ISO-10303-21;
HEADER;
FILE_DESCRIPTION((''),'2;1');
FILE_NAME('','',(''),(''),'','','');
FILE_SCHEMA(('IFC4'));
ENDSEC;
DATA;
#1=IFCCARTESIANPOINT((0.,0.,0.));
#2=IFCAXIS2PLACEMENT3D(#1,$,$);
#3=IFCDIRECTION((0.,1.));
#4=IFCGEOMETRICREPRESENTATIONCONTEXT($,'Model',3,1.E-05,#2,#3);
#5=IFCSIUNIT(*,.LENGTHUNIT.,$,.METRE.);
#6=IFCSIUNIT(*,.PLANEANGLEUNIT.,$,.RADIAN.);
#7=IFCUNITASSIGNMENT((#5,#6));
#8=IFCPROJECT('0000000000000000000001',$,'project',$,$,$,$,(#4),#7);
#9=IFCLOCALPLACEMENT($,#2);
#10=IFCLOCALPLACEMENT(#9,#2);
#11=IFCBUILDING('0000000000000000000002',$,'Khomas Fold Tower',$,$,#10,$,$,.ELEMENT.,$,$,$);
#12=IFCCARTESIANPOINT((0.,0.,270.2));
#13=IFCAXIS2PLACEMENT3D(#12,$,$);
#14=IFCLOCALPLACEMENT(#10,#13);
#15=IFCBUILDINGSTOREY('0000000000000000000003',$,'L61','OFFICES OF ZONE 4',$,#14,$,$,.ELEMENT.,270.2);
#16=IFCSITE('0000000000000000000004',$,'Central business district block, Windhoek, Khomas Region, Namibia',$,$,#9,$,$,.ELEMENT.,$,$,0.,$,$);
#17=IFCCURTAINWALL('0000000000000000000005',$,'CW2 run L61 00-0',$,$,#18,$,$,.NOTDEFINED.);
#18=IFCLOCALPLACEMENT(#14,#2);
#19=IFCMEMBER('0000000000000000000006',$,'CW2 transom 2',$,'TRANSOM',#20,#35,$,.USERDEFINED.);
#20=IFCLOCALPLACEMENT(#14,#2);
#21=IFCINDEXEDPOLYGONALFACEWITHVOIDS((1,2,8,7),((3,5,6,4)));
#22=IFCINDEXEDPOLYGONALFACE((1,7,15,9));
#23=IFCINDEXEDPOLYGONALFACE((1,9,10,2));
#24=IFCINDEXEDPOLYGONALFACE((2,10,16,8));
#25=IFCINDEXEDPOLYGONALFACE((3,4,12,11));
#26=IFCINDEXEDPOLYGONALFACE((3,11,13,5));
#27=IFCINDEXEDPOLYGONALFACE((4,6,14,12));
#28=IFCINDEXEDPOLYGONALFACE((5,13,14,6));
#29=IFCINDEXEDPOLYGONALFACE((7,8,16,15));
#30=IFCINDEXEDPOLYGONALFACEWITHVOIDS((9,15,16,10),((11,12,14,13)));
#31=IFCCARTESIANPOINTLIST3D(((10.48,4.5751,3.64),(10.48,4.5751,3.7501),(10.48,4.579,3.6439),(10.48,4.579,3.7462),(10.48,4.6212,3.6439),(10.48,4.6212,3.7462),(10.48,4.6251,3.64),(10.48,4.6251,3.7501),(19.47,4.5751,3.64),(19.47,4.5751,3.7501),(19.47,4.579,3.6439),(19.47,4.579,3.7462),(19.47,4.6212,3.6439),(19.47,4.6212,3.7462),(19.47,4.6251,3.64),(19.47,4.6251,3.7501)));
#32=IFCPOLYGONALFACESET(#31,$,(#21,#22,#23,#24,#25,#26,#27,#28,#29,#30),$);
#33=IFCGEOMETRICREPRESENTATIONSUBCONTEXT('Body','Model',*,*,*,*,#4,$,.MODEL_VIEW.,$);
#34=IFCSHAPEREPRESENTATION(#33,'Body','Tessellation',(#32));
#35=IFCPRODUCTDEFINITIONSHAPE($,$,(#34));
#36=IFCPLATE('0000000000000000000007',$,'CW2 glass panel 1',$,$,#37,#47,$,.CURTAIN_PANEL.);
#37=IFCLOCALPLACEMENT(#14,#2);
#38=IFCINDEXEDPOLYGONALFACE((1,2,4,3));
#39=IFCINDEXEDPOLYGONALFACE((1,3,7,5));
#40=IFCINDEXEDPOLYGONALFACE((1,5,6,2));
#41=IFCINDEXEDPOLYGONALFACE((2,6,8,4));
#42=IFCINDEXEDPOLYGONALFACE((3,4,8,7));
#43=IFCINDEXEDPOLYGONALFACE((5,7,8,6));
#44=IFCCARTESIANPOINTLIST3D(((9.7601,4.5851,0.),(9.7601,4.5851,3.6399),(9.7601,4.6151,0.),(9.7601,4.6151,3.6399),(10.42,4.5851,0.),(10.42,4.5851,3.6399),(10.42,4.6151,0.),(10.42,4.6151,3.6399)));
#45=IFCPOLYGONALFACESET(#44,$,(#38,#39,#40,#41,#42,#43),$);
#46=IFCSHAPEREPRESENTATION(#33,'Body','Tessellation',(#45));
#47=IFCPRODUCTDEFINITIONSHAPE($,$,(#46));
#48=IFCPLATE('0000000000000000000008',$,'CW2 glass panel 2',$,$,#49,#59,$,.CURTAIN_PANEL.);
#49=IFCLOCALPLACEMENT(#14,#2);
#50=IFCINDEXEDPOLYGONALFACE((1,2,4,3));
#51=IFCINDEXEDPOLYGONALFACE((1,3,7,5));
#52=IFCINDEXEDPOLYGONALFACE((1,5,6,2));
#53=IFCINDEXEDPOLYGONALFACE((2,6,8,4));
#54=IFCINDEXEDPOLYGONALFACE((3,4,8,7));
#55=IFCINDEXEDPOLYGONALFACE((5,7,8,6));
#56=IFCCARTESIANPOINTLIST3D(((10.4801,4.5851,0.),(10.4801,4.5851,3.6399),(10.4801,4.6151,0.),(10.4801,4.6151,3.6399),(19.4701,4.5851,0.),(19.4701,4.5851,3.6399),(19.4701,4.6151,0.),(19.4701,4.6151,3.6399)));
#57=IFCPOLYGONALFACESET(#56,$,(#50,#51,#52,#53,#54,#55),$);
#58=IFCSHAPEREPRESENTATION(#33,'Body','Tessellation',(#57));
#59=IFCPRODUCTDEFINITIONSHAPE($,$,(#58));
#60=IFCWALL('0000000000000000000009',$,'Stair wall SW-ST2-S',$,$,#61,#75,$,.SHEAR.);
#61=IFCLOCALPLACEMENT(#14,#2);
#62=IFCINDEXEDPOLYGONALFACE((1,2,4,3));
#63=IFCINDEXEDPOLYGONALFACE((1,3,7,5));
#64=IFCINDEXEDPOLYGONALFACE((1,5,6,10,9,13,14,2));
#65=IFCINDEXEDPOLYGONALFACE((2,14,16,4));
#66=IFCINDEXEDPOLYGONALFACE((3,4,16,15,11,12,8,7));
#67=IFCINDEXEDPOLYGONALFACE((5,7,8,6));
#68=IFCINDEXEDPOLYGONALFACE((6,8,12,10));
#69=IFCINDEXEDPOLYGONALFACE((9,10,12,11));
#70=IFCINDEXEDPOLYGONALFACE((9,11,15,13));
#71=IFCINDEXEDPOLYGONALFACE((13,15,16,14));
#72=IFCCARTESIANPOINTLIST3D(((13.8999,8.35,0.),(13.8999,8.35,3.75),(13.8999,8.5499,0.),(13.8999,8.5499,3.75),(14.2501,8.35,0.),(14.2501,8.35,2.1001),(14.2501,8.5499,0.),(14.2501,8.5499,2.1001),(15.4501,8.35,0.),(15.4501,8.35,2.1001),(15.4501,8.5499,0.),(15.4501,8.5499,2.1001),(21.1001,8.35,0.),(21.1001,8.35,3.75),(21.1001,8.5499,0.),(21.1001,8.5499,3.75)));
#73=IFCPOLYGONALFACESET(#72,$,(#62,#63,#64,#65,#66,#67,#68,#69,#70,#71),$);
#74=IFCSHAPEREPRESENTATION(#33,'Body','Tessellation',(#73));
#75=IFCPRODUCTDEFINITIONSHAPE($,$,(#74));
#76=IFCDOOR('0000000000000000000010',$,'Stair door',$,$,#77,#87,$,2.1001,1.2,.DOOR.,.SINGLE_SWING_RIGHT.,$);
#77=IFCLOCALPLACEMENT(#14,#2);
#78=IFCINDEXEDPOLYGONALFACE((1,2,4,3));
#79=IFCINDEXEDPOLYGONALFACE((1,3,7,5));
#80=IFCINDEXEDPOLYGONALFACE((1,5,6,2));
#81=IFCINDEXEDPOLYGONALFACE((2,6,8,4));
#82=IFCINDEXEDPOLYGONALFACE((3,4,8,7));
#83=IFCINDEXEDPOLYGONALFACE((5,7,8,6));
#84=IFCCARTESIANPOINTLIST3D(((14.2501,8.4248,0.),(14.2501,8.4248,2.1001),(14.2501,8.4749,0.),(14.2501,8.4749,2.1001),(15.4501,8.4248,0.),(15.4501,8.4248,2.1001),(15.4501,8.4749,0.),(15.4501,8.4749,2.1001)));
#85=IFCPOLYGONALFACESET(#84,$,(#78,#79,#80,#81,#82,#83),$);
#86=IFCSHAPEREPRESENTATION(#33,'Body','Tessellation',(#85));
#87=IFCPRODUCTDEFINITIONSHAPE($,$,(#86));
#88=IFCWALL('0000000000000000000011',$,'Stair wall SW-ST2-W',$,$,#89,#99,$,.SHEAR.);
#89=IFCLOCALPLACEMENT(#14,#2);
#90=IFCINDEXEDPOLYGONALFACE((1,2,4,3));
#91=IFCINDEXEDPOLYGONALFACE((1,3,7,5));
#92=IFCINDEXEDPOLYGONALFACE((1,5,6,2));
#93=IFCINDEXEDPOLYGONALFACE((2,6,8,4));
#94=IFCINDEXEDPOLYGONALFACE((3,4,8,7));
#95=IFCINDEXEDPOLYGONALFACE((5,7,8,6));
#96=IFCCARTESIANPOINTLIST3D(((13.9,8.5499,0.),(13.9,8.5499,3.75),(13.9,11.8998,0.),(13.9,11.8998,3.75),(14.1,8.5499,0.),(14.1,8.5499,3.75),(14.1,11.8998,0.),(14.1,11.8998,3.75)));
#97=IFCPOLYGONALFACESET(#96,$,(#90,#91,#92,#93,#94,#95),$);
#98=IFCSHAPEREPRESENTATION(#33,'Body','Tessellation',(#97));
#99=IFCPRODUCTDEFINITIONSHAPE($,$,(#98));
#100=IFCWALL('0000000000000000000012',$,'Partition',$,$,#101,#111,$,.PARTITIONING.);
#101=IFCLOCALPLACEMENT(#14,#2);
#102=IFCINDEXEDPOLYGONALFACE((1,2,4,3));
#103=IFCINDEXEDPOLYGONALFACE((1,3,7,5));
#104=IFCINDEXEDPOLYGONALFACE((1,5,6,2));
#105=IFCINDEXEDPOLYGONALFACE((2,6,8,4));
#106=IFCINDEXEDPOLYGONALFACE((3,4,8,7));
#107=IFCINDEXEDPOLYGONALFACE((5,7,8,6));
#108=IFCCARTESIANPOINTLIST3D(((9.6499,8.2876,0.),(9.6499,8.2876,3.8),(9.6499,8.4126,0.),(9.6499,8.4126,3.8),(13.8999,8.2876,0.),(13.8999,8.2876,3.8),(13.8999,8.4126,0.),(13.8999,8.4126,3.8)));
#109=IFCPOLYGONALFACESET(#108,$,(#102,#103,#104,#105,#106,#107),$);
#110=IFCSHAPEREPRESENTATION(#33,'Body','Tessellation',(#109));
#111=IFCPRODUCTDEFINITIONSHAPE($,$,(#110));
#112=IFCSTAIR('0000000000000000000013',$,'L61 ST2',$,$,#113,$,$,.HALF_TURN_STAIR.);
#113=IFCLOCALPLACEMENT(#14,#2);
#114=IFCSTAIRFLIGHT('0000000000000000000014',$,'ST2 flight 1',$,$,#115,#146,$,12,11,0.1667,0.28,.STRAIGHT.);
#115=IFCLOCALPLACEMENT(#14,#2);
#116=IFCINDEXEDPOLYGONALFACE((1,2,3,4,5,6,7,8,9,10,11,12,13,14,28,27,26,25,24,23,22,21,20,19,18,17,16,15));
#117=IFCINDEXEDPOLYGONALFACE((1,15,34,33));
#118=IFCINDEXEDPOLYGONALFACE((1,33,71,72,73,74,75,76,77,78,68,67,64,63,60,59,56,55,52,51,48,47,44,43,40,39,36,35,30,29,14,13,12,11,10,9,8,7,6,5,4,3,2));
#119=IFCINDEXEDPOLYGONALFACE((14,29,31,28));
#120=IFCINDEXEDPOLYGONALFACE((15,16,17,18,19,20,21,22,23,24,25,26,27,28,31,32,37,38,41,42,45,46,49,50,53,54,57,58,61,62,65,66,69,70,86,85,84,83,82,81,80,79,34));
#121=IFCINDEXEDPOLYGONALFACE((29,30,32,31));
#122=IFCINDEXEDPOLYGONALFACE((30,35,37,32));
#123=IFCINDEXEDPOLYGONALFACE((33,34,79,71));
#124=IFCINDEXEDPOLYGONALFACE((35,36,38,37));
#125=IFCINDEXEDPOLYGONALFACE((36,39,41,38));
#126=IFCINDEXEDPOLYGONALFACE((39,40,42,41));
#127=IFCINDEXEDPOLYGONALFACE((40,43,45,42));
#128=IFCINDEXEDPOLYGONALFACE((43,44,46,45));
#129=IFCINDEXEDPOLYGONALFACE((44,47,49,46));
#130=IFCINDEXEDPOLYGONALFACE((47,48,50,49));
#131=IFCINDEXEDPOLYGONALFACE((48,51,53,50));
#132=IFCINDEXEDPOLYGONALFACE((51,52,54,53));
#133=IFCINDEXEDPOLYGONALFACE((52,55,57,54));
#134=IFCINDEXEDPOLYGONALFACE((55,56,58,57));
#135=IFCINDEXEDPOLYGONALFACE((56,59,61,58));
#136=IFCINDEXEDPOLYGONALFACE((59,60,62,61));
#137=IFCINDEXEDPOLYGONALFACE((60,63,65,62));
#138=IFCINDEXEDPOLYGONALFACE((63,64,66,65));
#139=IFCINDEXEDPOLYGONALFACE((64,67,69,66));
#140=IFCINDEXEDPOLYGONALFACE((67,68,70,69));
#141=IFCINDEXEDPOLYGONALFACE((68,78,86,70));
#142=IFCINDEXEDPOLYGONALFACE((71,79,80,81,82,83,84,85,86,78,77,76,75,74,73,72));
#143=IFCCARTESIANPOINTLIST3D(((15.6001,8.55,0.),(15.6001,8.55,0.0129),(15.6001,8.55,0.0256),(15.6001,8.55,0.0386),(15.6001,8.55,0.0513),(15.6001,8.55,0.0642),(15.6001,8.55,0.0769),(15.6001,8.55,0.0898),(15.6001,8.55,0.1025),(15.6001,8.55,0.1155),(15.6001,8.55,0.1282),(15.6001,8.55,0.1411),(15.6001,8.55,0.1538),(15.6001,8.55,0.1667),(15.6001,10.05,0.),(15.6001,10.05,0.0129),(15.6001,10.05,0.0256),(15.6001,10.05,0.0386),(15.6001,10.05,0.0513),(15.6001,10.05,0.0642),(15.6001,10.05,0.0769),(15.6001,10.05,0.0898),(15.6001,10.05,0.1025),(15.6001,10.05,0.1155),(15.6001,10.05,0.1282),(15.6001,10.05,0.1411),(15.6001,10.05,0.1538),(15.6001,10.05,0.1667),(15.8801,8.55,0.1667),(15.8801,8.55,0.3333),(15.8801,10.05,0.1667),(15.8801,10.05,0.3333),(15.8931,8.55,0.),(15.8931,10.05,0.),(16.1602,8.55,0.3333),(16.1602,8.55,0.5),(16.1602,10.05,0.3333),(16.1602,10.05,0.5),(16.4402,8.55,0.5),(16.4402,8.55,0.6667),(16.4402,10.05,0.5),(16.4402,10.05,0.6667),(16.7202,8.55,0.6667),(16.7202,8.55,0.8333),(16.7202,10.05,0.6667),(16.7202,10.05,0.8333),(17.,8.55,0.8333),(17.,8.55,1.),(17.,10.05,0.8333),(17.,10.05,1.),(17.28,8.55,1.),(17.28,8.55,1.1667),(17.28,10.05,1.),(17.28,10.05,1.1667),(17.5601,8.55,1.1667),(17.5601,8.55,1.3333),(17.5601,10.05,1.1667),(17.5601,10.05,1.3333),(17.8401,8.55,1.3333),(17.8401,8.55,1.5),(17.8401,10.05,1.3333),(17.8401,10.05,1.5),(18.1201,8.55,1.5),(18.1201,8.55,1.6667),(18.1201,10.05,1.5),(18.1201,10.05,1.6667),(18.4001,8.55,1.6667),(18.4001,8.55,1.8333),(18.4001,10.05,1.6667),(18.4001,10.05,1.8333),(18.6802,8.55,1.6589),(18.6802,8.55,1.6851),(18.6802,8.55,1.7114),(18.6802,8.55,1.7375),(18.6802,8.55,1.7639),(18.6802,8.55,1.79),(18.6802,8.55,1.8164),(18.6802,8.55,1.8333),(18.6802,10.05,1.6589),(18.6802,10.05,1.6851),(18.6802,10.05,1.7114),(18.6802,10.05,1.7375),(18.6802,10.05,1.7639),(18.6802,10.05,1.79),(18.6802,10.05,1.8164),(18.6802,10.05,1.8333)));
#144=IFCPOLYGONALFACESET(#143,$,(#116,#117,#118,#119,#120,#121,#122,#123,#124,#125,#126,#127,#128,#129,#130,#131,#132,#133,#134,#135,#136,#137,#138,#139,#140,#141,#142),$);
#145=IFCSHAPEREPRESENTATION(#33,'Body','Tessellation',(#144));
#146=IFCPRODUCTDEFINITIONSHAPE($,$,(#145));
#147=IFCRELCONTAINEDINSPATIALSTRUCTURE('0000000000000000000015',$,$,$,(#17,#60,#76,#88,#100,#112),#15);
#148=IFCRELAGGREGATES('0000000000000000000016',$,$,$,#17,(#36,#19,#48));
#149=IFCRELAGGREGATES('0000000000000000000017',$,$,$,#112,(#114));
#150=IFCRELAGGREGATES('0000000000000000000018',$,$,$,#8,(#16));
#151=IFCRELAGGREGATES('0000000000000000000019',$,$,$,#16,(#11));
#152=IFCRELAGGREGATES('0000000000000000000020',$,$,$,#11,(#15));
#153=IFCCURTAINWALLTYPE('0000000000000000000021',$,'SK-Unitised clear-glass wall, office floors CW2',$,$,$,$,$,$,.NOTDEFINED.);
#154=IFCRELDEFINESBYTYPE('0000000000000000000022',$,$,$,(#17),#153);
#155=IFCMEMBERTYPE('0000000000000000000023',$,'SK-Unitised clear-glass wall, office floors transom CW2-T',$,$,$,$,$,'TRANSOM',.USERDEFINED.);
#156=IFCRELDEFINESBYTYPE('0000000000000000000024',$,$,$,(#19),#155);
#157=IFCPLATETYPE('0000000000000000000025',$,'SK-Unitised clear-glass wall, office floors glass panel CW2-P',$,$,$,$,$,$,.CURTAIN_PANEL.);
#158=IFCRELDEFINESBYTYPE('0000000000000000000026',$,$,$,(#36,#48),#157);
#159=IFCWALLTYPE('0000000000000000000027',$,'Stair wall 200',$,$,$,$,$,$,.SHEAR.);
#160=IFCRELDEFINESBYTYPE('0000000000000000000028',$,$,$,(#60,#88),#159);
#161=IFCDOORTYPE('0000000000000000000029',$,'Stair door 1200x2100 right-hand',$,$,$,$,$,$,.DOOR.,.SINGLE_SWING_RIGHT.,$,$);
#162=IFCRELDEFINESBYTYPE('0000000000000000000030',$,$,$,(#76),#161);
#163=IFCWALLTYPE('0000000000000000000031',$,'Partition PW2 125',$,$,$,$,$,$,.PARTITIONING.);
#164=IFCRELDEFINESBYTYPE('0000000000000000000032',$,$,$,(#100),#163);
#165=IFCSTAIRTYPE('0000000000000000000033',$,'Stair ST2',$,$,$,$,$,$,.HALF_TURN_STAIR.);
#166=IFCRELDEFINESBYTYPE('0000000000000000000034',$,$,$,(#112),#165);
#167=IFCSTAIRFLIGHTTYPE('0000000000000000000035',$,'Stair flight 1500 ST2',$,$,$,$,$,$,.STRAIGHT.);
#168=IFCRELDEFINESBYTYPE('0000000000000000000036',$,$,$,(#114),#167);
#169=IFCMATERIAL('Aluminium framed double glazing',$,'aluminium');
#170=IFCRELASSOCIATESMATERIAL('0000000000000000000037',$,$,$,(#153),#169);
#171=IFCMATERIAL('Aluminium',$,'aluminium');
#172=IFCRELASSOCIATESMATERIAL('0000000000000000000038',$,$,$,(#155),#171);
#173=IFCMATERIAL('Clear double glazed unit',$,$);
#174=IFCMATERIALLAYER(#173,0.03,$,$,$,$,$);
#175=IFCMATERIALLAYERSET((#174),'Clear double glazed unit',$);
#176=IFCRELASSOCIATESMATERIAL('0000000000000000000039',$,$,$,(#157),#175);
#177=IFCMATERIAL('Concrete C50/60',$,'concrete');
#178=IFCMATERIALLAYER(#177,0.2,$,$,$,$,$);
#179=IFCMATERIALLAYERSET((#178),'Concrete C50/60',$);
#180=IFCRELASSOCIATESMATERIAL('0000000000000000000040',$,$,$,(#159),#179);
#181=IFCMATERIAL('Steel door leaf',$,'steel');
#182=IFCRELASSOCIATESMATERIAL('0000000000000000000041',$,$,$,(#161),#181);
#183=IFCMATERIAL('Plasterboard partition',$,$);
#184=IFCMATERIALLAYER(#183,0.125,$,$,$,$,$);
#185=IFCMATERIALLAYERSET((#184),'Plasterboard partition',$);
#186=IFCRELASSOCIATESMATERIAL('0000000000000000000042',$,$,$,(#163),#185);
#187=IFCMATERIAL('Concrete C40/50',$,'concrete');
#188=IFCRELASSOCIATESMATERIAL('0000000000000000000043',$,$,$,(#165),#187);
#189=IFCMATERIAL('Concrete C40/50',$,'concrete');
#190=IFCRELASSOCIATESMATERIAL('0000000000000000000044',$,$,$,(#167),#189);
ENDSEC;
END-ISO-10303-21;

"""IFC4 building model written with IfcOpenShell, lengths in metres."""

from ifc_helpers import new_model, si_unit, direction, frame, frame_2d, origin, origin_2d, place, context, subcontext, project, spatial, polyline, rectangle, hollow_rectangle, outline, extrude, source, transform, mapped, material, layer, layer_set, material_profile, profile_set, type_object, element, fill, aggregate, save


model = new_model("IFC4")

# Units and contexts
model_context = context("Model", 3, precision=1e-05, world=origin(), true_north=direction((0.0, 1.0)))
body_context = subcontext(model_context, "Body", "Model", "MODEL_VIEW")
ifc_project = project(units=[si_unit("LENGTHUNIT", "METRE"), si_unit("PLANEANGLEUNIT", "RADIAN")], contexts=[model_context])

# Site, building, storey
site_placement = place(None, origin())
site = spatial("IfcSite", under=ifc_project, at=site_placement, Name="Central business district block, Windhoek, Khomas Region, Namibia", CompositionType="ELEMENT", RefElevation=0.0)
building_placement = place(site_placement, origin())
building = spatial("IfcBuilding", under=site, at=building_placement, Name="Khomas Fold Tower", CompositionType="ELEMENT")
storey_placement = place(building_placement, frame((0.0, 0.0, 270.2)))
storey = spatial("IfcBuildingStorey", under=building, at=storey_placement, Name="L61", Description="OFFICES OF ZONE 4", CompositionType="ELEMENT", Elevation=270.2)

# Curtain wall
ifc_material_1 = material(Name="Aluminium framed double glazing", Category="aluminium")
curtain_wall_type = type_object("IfcCurtainWallType", Name="SK-Unitised clear-glass wall, office floors CW2", PredefinedType="NOTDEFINED", material=ifc_material_1)
curtain_wall_1_placement = place(storey_placement, origin())
curtain_wall_1 = element("IfcCurtainWall", 1, at=curtain_wall_1_placement, inside=storey, type_object=curtain_wall_type, Name="CW2 run L61 00-0", PredefinedType="NOTDEFINED")

# Member
ifc_material_2 = material(Name="Aluminium", Category="aluminium")
ifc_material_profile_1 = material_profile(ifc_material_2, hollow_rectangle(XDim=0.05, YDim=0.1101, WallThickness=0.0039, at=origin_2d()), Name="SK-Unitised clear-glass wall, office floors transom CW2-T")
ifc_profile_set_1 = profile_set([ifc_material_profile_1], Name="Aluminium")
member_type_1 = type_object("IfcMemberType", Name="SK-Unitised clear-glass wall, office floors transom CW2-T", ElementType="TRANSOM", PredefinedType="USERDEFINED", material=ifc_profile_set_1)
shared_shape_1 = source(origin(), body_context, "Body", "SweptSolid", [
    extrude(hollow_rectangle(XDim=0.05, YDim=0.1101, WallThickness=0.0039, at=origin_2d()), origin(), (0.0, 0.0, 1.0), 8.99),
])
member_1_placement = place(storey_placement, frame((10.48, 4.6001, 3.6951), z_axis=(1.0, 0.0, 0.0), x_axis=(0.0, 1.0, 0.0)))
member_1 = element("IfcMember", 2, at=member_1_placement, type_object=member_type_1, Name="CW2 transom 2", ObjectType="TRANSOM", PredefinedType="USERDEFINED", context=body_context, shape_type="MappedRepresentation", body=[
    mapped(shared_shape_1, transform((0.0, 0.0, 0.0))),
])

# Plates
ifc_material_3 = material(Name="Clear double glazed unit")
ifc_layer_1 = layer(ifc_material_3, 0.03)
ifc_layer_set_1 = layer_set([ifc_layer_1], Name="Clear double glazed unit")
plate_type = type_object("IfcPlateType", Name="SK-Unitised clear-glass wall, office floors glass panel CW2-P", PredefinedType="CURTAIN_PANEL", material=ifc_layer_set_1)
shared_shape_2 = source(origin(), body_context, "Body", "SweptSolid", [
    extrude(rectangle(XDim=0.6599, YDim=0.03, at=origin_2d()), origin(), (0.0, 0.0, 1.0), 3.6399),
])
plate_1_placement = place(storey_placement, frame((10.0901, 4.6001, 0.0), z_axis=(0.0, 0.0, 1.0), x_axis=(1.0, 0.0, 0.0)))
plate_1 = element("IfcPlate", 3, at=plate_1_placement, type_object=plate_type, Name="CW2 glass panel 1", PredefinedType="CURTAIN_PANEL", context=body_context, shape_type="MappedRepresentation", body=[
    mapped(shared_shape_2, transform((0.0, 0.0, 0.0))),
])
shared_shape_3 = source(origin(), body_context, "Body", "SweptSolid", [
    extrude(rectangle(XDim=8.99, YDim=0.03, at=origin_2d()), origin(), (0.0, 0.0, 1.0), 3.6399),
])
plate_2_placement = place(storey_placement, frame((14.9751, 4.6001, 0.0), z_axis=(0.0, 0.0, 1.0), x_axis=(1.0, 0.0, 0.0)))
plate_2 = element("IfcPlate", 4, at=plate_2_placement, type_object=plate_type, Name="CW2 glass panel 2", PredefinedType="CURTAIN_PANEL", context=body_context, shape_type="MappedRepresentation", body=[
    mapped(shared_shape_3, transform((0.0, 0.0, 0.0))),
])
aggregate(curtain_wall_1, [plate_1, member_1, plate_2])

# Wall, opening, door
ifc_material_4 = material(Name="Concrete C50/60", Category="concrete")
ifc_layer_2 = layer(ifc_material_4, 0.2)
ifc_layer_set_2 = layer_set([ifc_layer_2], Name="Concrete C50/60")
wall_type_1 = type_object("IfcWallType", Name="Stair wall 200", PredefinedType="SHEAR", material=ifc_layer_set_2)
shared_shape_4 = source(origin(), body_context, "Body", "SweptSolid", [
    extrude(rectangle(XDim=7.2002, YDim=0.2, at=frame_2d((3.6001, 0.0))), origin(), (0.0, 0.0, 1.0), 3.75),
])
wall_1_placement = place(storey_placement, frame((13.8999, 8.45, 0.0), z_axis=(0.0, 0.0, 1.0), x_axis=(1.0, 0.0, 0.0)))
wall_1 = element("IfcWall", 5, at=wall_1_placement, inside=storey, type_object=wall_type_1, Name="Stair wall SW-ST2-S", PredefinedType="SHEAR", context=body_context, shape_type="MappedRepresentation", body=[
    mapped(shared_shape_4, transform((0.0, 0.0, 0.0))),
])
shared_shape_5 = source(origin(), body_context, "Body", "SweptSolid", [
    extrude(rectangle(XDim=1.2, YDim=2.1001, at=frame_2d((0.6001, 1.05))), frame((0.0, 0.1099, 0.0), z_axis=(0.0, -1.0, 0.0), x_axis=(1.0, 0.0, 0.0)), (0.0, 0.0, 1.0), 0.22),
])
opening_placement = place(wall_1_placement, frame((0.3501, 0.0, 0.0)))
opening = element("IfcOpeningElement", 6, at=opening_placement, cuts=wall_1, PredefinedType="OPENING", context=body_context, shape_type="MappedRepresentation", body=[
    mapped(shared_shape_5, transform((0.0, 0.0, 0.0))),
])
ifc_material_5 = material(Name="Steel door leaf", Category="steel")
door_type = type_object("IfcDoorType", Name="Stair door 1200x2100 right-hand", OperationType="SINGLE_SWING_RIGHT", PredefinedType="DOOR", material=ifc_material_5)
shared_shape_6 = source(origin(), body_context, "Body", "SweptSolid", [
    extrude(rectangle(XDim=1.2, YDim=2.1001, at=frame_2d((0.6001, 1.05))), frame((0.0, 0.0249, 0.0), z_axis=(0.0, -1.0, 0.0), x_axis=(1.0, 0.0, 0.0)), (0.0, 0.0, 1.0), 0.05),
])
door_placement = place(opening_placement, origin())
door = element("IfcDoor", 7, at=door_placement, inside=storey, type_object=door_type, Name="Stair door", OperationType="SINGLE_SWING_RIGHT", OverallHeight=2.1001, OverallWidth=1.2, PredefinedType="DOOR", context=body_context, shape_type="MappedRepresentation", body=[
    mapped(shared_shape_6, transform((0.0, 0.0, 0.0))),
])
fill(opening, door)

# Walls
shared_shape_7 = source(origin(), body_context, "Body", "SweptSolid", [
    extrude(rectangle(XDim=3.3499, YDim=0.2, at=frame_2d((1.6748, 0.0))), origin(), (0.0, 0.0, 1.0), 3.75),
])
wall_2_placement = place(storey_placement, frame((14.0, 8.55, 0.0), z_axis=(0.0, 0.0, 1.0), x_axis=(0.0, 1.0, 0.0)))
element("IfcWall", 8, at=wall_2_placement, inside=storey, type_object=wall_type_1, Name="Stair wall SW-ST2-W", PredefinedType="SHEAR", context=body_context, shape_type="MappedRepresentation", body=[
    mapped(shared_shape_7, transform((0.0, 0.0, 0.0))),
])
ifc_material_6 = material(Name="Plasterboard partition")
ifc_layer_3 = layer(ifc_material_6, 0.125)
ifc_layer_set_3 = layer_set([ifc_layer_3], Name="Plasterboard partition")
wall_type_2 = type_object("IfcWallType", Name="Partition PW2 125", PredefinedType="PARTITIONING", material=ifc_layer_set_3)
shared_shape_8 = source(origin(), body_context, "Body", "SweptSolid", [
    extrude(rectangle(XDim=4.25, YDim=0.125, at=frame_2d((2.125, 0.0))), origin(), (0.0, 0.0, 1.0), 3.8),
])
wall_3_placement = place(storey_placement, frame((9.6499, 8.3501, 0.0), z_axis=(0.0, 0.0, 1.0), x_axis=(1.0, 0.0, 0.0)))
element("IfcWall", 9, at=wall_3_placement, inside=storey, type_object=wall_type_2, Name="Partition", PredefinedType="PARTITIONING", context=body_context, shape_type="MappedRepresentation", body=[
    mapped(shared_shape_8, transform((0.0, 0.0, 0.0))),
])

# Stair, stair flight
ifc_material_7 = material(Name="Concrete C40/50", Category="concrete")
stair_type = type_object("IfcStairType", Name="Stair ST2", PredefinedType="HALF_TURN_STAIR", material=ifc_material_7)
stair_placement = place(storey_placement, origin())
stair = element("IfcStair", 10, at=stair_placement, inside=storey, type_object=stair_type, Name="L61 ST2", PredefinedType="HALF_TURN_STAIR")
ifc_material_8 = material(Name="Concrete C40/50", Category="concrete")
stair_flight_type = type_object("IfcStairFlightType", Name="Stair flight 1500 ST2", PredefinedType="STRAIGHT", material=ifc_material_8)
shared_shape_9 = source(origin(), body_context, "Body", "SweptSolid", [
    extrude(outline(polyline([(0.0, 0.0), (0.0, 0.0129), (0.0, 0.0256), (0.0, 0.0386), (0.0, 0.0513), (0.0, 0.0642), (0.0, 0.0769), (0.0, 0.0898), (0.0, 0.1025), (0.0, 0.1155), (0.0, 0.1282), (0.0, 0.1411), (0.0, 0.1538), (0.0, 0.1667), (0.28, 0.1667), (0.28, 0.3333), (0.5601, 0.3333), (0.5601, 0.5), (0.8401, 0.5), (0.8401, 0.6667), (1.1201, 0.6667), (1.1201, 0.8333), (1.3999, 0.8333), (1.3999, 1.0), (1.6799, 1.0), (1.6799, 1.1667), (1.96, 1.1667), (1.96, 1.3333), (2.24, 1.3333), (2.24, 1.5), (2.52, 1.5), (2.52, 1.6667), (2.8, 1.6667), (2.8, 1.8333), (3.0801, 1.8333), (3.0801, 2.0), (3.0801, 1.9739), (3.0801, 1.9475), (3.0801, 1.9214), (3.0801, 1.895), (3.0801, 1.8689), (3.0801, 1.8425), (3.0801, 1.8164), (3.0801, 1.79), (3.0801, 1.7639), (3.0801, 1.7375), (3.0801, 1.7114), (3.0801, 1.6851), (3.0801, 1.6589), (0.293, 0.0), (0.0, 0.0)])), frame((0.0, 0.75, 0.0), z_axis=(0.0, -1.0, 0.0), x_axis=(1.0, 0.0, 0.0)), (0.0, 0.0, 1.0), 1.5),
])
stair_flight_placement = place(storey_placement, frame((15.6001, 9.3, 0.0), z_axis=(0.0, 0.0, 1.0), x_axis=(1.0, 0.0, 0.0)))
stair_flight = element("IfcStairFlight", 11, at=stair_flight_placement, type_object=stair_flight_type, Name="ST2 flight 1", NumberOfRisers=12, NumberOfTreads=11, PredefinedType="STRAIGHT", RiserHeight=0.1667, TreadLength=0.28, context=body_context, shape_type="MappedRepresentation", body=[
    mapped(shared_shape_9, transform((0.0, 0.0, 0.0))),
])
aggregate(stair, [stair_flight])

save(model, "model.ifc")
